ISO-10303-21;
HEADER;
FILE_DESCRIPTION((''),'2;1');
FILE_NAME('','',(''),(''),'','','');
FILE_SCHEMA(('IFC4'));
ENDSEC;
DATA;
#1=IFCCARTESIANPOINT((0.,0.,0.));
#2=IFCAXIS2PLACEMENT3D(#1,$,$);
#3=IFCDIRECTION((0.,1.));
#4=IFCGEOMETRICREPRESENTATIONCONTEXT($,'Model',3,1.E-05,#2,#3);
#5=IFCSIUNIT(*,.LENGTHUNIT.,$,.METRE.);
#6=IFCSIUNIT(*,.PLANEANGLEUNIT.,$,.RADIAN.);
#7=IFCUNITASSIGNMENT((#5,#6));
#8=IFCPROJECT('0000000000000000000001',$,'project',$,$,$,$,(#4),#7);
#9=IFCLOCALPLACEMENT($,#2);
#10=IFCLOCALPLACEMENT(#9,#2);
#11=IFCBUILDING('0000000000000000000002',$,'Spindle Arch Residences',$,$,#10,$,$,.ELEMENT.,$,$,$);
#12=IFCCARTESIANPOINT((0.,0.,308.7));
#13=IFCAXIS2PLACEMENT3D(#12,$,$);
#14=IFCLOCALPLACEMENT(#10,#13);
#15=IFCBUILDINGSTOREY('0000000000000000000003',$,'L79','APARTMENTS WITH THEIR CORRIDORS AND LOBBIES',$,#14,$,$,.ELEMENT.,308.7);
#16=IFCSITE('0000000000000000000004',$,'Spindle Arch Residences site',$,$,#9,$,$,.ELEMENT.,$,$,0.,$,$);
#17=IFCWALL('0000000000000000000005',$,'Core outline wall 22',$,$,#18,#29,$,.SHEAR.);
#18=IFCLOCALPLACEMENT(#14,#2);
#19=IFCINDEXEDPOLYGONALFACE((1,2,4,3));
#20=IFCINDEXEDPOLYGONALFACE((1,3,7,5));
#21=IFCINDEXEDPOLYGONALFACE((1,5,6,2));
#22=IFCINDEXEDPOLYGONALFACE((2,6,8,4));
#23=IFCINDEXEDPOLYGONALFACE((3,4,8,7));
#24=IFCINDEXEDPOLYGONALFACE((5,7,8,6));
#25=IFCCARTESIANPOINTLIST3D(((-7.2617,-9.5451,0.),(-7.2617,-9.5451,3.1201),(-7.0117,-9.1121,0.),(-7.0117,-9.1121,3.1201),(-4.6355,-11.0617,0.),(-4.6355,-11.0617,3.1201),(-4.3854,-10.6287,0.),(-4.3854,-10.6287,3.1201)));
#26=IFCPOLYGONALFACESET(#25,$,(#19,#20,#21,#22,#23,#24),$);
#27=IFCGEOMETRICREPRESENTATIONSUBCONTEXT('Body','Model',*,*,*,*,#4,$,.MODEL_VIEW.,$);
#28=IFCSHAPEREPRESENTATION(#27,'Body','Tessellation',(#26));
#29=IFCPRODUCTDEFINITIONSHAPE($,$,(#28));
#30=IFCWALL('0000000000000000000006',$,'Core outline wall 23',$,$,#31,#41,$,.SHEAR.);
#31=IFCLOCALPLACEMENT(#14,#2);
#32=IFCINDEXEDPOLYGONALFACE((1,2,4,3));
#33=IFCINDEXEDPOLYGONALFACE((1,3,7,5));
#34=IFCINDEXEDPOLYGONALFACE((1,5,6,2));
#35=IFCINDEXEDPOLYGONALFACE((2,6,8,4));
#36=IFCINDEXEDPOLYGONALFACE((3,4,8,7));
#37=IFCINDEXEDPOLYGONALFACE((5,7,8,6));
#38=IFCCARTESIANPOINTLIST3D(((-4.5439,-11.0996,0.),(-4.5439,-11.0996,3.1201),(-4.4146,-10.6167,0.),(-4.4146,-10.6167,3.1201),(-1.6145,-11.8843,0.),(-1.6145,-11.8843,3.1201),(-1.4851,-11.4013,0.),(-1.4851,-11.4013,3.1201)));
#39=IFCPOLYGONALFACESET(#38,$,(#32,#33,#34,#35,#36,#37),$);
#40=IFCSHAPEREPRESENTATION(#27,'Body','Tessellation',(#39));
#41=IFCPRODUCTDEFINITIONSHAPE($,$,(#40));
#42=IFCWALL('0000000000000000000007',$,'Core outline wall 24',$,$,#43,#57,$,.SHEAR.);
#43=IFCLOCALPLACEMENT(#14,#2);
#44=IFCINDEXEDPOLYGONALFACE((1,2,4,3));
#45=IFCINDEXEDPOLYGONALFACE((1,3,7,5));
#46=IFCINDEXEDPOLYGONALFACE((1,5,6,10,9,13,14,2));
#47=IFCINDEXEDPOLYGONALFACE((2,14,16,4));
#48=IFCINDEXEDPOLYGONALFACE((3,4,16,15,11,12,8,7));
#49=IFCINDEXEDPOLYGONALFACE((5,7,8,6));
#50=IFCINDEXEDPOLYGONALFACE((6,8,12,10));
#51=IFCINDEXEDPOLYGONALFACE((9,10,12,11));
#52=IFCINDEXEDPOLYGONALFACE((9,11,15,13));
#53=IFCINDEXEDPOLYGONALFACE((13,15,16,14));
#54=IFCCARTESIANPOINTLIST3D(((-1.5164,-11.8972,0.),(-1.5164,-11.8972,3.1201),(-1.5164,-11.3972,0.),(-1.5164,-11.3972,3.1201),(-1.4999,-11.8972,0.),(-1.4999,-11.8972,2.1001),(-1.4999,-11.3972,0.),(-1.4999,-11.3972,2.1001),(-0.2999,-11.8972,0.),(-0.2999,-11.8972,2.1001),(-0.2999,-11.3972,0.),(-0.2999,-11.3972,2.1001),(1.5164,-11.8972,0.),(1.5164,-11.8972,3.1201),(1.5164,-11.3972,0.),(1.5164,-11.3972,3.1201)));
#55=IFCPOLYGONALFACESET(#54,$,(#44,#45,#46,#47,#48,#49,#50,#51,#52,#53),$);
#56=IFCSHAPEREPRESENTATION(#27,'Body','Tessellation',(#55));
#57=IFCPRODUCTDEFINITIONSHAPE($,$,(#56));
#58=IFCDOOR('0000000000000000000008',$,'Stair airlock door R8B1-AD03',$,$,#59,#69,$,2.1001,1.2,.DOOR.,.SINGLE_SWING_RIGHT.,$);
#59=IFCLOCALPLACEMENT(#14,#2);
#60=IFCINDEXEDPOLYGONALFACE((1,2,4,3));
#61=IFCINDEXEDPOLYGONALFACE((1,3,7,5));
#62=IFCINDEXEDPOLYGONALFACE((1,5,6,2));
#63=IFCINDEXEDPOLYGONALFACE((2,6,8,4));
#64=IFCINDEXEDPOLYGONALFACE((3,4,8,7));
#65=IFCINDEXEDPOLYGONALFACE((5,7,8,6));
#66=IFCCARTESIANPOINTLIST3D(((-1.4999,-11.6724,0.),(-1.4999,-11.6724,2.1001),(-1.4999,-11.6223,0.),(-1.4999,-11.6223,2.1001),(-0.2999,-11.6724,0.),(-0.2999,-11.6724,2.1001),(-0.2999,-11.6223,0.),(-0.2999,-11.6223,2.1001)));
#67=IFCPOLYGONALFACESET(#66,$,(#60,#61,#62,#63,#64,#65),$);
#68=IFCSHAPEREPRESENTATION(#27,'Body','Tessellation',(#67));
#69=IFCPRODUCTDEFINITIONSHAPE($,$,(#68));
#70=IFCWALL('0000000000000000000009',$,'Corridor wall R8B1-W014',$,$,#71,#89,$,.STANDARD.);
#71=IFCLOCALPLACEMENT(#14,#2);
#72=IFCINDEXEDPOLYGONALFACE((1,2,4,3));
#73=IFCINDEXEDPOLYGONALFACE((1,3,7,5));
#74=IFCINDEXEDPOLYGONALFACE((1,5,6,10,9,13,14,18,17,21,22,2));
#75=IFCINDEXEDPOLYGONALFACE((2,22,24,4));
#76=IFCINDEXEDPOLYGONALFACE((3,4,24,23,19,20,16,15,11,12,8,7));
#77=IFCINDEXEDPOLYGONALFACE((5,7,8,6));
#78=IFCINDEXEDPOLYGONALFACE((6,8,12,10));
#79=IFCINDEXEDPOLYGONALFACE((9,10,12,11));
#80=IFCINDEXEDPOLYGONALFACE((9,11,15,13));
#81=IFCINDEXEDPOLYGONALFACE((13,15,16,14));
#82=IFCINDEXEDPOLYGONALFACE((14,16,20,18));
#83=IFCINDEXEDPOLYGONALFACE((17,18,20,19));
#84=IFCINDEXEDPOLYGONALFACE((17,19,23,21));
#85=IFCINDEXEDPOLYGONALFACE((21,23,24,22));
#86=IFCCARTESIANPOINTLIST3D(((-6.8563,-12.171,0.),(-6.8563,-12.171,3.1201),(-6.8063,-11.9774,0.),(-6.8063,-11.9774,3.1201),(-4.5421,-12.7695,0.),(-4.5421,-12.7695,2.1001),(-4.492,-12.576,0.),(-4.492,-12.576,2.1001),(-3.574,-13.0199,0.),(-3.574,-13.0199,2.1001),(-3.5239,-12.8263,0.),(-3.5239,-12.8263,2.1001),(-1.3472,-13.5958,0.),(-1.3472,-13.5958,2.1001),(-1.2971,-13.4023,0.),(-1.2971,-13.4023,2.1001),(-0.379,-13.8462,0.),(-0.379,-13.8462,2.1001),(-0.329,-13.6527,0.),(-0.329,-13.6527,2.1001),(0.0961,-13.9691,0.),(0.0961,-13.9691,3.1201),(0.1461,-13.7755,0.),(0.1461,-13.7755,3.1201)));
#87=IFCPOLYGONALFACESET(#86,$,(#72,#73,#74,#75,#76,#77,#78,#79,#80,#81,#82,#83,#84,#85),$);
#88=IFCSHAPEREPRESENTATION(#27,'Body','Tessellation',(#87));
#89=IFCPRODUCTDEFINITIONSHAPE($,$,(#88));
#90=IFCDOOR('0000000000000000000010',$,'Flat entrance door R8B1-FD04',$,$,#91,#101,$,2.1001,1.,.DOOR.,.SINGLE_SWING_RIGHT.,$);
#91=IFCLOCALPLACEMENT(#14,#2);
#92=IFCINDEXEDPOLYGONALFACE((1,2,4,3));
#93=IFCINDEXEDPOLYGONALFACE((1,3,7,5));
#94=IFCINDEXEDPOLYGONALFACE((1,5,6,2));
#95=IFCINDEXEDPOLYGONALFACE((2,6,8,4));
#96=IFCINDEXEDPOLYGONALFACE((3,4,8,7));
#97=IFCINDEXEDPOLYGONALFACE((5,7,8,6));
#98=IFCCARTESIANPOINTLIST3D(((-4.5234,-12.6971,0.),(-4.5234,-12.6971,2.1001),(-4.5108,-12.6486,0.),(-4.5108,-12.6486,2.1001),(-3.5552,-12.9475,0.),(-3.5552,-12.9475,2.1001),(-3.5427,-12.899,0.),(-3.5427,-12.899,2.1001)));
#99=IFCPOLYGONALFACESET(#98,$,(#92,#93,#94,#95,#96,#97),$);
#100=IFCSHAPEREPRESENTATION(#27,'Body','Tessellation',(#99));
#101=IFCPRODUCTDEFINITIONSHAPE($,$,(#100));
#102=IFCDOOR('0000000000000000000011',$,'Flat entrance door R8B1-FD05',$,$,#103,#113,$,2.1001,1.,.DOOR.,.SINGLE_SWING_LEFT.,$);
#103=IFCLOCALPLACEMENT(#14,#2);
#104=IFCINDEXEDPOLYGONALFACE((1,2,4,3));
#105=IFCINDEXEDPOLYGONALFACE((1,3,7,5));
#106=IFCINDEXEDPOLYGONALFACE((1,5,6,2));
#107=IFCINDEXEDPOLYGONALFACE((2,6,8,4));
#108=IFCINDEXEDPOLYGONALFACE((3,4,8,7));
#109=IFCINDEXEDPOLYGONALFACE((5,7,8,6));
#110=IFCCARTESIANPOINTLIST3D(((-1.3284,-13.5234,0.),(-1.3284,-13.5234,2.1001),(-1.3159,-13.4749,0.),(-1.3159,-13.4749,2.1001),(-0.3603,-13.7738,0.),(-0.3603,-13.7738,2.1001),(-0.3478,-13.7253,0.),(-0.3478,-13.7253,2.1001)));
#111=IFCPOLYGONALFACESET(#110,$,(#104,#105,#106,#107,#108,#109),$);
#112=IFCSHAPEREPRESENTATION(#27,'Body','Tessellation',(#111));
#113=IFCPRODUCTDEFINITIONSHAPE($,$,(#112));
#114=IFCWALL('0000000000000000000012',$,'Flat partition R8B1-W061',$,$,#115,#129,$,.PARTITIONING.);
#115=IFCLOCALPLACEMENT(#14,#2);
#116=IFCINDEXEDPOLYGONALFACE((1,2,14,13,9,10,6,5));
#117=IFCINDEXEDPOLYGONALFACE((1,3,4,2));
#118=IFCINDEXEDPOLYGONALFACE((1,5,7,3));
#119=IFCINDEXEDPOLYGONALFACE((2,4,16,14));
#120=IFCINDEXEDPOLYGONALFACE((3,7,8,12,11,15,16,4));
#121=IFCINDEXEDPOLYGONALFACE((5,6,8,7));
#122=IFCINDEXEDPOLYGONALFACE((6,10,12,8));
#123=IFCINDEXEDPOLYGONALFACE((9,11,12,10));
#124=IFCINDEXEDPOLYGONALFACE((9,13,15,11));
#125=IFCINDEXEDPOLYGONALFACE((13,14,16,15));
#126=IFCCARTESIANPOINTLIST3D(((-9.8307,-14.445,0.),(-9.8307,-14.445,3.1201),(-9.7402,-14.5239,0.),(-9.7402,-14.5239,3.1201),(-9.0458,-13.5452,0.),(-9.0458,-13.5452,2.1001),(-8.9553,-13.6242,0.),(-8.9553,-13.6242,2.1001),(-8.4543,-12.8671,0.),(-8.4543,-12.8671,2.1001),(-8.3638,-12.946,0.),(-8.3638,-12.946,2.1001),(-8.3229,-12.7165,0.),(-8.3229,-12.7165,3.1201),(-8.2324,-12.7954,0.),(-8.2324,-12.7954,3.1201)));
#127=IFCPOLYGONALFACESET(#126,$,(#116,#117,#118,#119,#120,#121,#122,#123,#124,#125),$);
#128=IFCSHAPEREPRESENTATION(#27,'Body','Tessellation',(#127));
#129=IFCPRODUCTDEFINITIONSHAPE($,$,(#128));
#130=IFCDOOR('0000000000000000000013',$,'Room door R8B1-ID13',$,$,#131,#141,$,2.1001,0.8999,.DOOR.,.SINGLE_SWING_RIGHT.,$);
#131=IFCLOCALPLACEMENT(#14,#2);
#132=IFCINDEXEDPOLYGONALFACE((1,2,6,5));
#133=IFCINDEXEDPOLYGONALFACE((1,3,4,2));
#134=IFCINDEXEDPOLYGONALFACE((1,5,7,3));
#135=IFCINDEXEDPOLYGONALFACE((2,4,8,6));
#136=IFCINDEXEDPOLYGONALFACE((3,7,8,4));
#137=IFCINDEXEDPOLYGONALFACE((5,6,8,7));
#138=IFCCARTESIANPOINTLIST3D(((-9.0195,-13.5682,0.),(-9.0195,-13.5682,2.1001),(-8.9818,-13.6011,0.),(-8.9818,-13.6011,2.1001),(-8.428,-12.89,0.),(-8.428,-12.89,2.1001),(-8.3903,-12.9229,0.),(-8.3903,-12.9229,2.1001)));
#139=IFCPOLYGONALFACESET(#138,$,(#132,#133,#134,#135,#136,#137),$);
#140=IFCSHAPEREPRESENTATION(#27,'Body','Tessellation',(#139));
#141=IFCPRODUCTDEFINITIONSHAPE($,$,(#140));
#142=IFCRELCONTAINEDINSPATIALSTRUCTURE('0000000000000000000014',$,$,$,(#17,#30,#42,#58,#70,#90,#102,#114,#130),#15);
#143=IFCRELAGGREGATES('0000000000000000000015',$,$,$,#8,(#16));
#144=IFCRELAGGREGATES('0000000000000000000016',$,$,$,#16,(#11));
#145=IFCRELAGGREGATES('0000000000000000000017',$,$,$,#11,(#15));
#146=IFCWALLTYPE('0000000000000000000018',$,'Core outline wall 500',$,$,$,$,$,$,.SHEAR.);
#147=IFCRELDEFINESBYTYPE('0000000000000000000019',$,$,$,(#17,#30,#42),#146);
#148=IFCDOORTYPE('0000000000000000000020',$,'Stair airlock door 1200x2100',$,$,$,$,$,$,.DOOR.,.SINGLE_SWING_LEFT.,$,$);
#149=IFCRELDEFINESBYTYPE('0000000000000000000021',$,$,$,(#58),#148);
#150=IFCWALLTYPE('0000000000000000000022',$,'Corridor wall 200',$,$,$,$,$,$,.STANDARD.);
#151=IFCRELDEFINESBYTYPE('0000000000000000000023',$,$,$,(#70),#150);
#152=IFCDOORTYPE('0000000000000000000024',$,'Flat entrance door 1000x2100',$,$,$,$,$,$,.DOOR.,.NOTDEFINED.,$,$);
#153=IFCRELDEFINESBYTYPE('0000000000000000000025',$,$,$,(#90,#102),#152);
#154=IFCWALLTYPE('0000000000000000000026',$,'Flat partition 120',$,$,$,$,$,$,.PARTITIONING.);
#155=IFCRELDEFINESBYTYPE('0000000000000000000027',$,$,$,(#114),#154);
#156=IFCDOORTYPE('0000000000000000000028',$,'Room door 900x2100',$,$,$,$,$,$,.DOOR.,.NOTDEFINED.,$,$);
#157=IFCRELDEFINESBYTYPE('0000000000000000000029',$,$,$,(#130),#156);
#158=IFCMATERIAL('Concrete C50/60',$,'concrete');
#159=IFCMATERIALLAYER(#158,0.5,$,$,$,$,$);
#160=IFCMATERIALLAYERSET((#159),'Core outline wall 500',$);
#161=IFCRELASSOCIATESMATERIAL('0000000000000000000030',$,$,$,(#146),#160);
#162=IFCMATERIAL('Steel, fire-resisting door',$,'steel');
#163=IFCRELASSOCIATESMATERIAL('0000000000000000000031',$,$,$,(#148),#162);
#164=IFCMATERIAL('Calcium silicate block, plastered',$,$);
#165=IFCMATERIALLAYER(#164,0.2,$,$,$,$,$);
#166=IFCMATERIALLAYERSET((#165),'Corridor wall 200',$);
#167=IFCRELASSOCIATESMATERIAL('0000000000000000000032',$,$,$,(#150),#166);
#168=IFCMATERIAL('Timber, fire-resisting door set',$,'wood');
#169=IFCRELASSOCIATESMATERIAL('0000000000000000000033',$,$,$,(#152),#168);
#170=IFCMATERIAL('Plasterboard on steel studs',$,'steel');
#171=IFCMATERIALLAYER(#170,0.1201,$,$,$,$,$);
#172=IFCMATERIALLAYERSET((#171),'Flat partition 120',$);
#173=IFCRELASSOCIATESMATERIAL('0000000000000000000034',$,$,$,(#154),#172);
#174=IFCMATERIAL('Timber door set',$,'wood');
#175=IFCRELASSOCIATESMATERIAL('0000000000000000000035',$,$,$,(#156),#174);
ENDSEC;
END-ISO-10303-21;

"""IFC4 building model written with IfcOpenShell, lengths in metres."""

from ifc_helpers import new_model, si_unit, direction, frame, frame_2d, origin, place, context, subcontext, project, spatial, rectangle, extrude, material, layer, layer_set, type_object, element, fill, save


model = new_model("IFC4")

# Units and contexts
model_context = context("Model", 3, precision=1e-05, world=origin(), true_north=direction((0.0, 1.0)))
body_context = subcontext(model_context, "Body", "Model", "MODEL_VIEW")
ifc_project = project(units=[si_unit("LENGTHUNIT", "METRE"), si_unit("PLANEANGLEUNIT", "RADIAN")], contexts=[model_context])

# Site, building, storey
site_placement = place(None, origin())
site = spatial("IfcSite", under=ifc_project, at=site_placement, Name="Spindle Arch Residences site", CompositionType="ELEMENT", RefElevation=0.0)
building_placement = place(site_placement, origin())
building = spatial("IfcBuilding", under=site, at=building_placement, Name="Spindle Arch Residences", CompositionType="ELEMENT")
storey_placement = place(building_placement, frame((0.0, 0.0, 308.7)))
storey = spatial("IfcBuildingStorey", under=building, at=storey_placement, Name="L79", Description="APARTMENTS WITH THEIR CORRIDORS AND LOBBIES", CompositionType="ELEMENT", Elevation=308.7)

# Walls
ifc_material_1 = material(Name="Concrete C50/60", Category="concrete")
ifc_layer_1 = layer(ifc_material_1, 0.5)
ifc_layer_set_1 = layer_set([ifc_layer_1], Name="Core outline wall 500")
wall_type_1 = type_object("IfcWallType", Name="Core outline wall 500", PredefinedType="SHEAR", material=ifc_layer_set_1)
for number, where, z_axis, x_axis, name in (
    (1, (-7.1367, -9.3286, 0.0), (0.0, 0.0, 1.0), (0.865975, -0.500087, 0.0), "Core outline wall 22"),
    (2, (-4.4792, -10.8582, 0.0), (0.0, 0.0, 1.0), (0.965948, -0.258735, 0.0), "Core outline wall 23"),
):
    element("IfcWall", number, at=place(storey_placement, frame(where, z_axis=z_axis, x_axis=x_axis)), inside=storey, type_object=wall_type_1, Name=name, PredefinedType="SHEAR", context=body_context, shape_type="SweptSolid", body=[
        extrude(rectangle(XDim=3.0327, YDim=0.5, at=frame_2d((1.5164, 0.0))), origin(), (0.0, 0.0, 1.0), 3.1201),
    ])

# Wall, opening, door
wall_1_placement = place(storey_placement, frame((-1.5164, -11.6472, 0.0), z_axis=(0.0, 0.0, 1.0), x_axis=(1.0, 0.0, 0.0)))
wall_1 = element("IfcWall", 3, at=wall_1_placement, inside=storey, type_object=wall_type_1, Name="Core outline wall 24", PredefinedType="SHEAR", context=body_context, shape_type="SweptSolid", body=[
    extrude(rectangle(XDim=3.0327, YDim=0.5, at=frame_2d((1.5164, 0.0))), origin(), (0.0, 0.0, 1.0), 3.1201),
])
opening_1_placement = place(wall_1_placement, frame((0.0164, 0.0, 0.0)))
opening_1 = element("IfcOpeningElement", 4, at=opening_1_placement, cuts=wall_1, PredefinedType="OPENING", context=body_context, shape_type="SweptSolid", body=[
    extrude(rectangle(XDim=1.2, YDim=2.1001, at=frame_2d((0.6001, 1.05))), frame((0.0, 0.26, 0.0), z_axis=(0.0, -1.0, 0.0), x_axis=(1.0, 0.0, 0.0)), (0.0, 0.0, 1.0), 0.52),
])
ifc_material_2 = material(Name="Steel, fire-resisting door", Category="steel")
door_type_1 = type_object("IfcDoorType", Name="Stair airlock door 1200x2100", OperationType="SINGLE_SWING_LEFT", PredefinedType="DOOR", material=ifc_material_2)
door_1_placement = place(opening_1_placement, origin())
door_1 = element("IfcDoor", 5, at=door_1_placement, inside=storey, type_object=door_type_1, Name="Stair airlock door R8B1-AD03", OperationType="SINGLE_SWING_RIGHT", OverallHeight=2.1001, OverallWidth=1.2, PredefinedType="DOOR", context=body_context, shape_type="SweptSolid", body=[
    extrude(rectangle(XDim=1.2, YDim=2.1001, at=frame_2d((0.6001, 1.05))), frame((0.0, 0.0249, 0.0), z_axis=(0.0, -1.0, 0.0), x_axis=(1.0, 0.0, 0.0)), (0.0, 0.0, 1.0), 0.05),
])
fill(opening_1, door_1)

# Wall, openings, doors
ifc_material_3 = material(Name="Calcium silicate block, plastered")
ifc_layer_2 = layer(ifc_material_3, 0.2)
ifc_layer_set_2 = layer_set([ifc_layer_2], Name="Corridor wall 200")
wall_type_2 = type_object("IfcWallType", Name="Corridor wall 200", PredefinedType="STANDARD", material=ifc_layer_set_2)
wall_2_placement = place(storey_placement, frame((-6.8313, -12.0742, 0.0), z_axis=(0.0, 0.0, 1.0), x_axis=(0.968145, -0.250391, 0.0)))
wall_2 = element("IfcWall", 6, at=wall_2_placement, inside=storey, type_object=wall_type_2, Name="Corridor wall R8B1-W014", PredefinedType="STANDARD", context=body_context, shape_type="SweptSolid", body=[
    extrude(rectangle(XDim=7.1812, YDim=0.2, at=frame_2d((3.5906, 0.0))), origin(), (0.0, 0.0, 1.0), 3.1201),
])
opening_2_placement = place(wall_2_placement, frame((2.3904, 0.0, 0.0)))
opening_2 = element("IfcOpeningElement", 7, at=opening_2_placement, cuts=wall_2, PredefinedType="OPENING", context=body_context, shape_type="SweptSolid", body=[
    extrude(rectangle(XDim=1.0, YDim=2.1001, at=frame_2d((0.5, 1.05))), frame((0.0, 0.1099, 0.0), z_axis=(0.0, -1.0, 0.0), x_axis=(1.0, 0.0, 0.0)), (0.0, 0.0, 1.0), 0.22),
])
opening_3_placement = place(wall_2_placement, frame((5.6904, 0.0, 0.0)))
opening_3 = element("IfcOpeningElement", 8, at=opening_3_placement, cuts=wall_2, PredefinedType="OPENING", context=body_context, shape_type="SweptSolid", body=[
    extrude(rectangle(XDim=1.0, YDim=2.1001, at=frame_2d((0.5, 1.05))), frame((0.0, 0.1099, 0.0), z_axis=(0.0, -1.0, 0.0), x_axis=(1.0, 0.0, 0.0)), (0.0, 0.0, 1.0), 0.22),
])
ifc_material_4 = material(Name="Timber, fire-resisting door set", Category="wood")
door_type_2 = type_object("IfcDoorType", Name="Flat entrance door 1000x2100", OperationType="NOTDEFINED", PredefinedType="DOOR", material=ifc_material_4)
door_2_placement = place(opening_2_placement, origin())
door_2 = element("IfcDoor", 9, at=door_2_placement, inside=storey, type_object=door_type_2, Name="Flat entrance door R8B1-FD04", OperationType="SINGLE_SWING_RIGHT", OverallHeight=2.1001, OverallWidth=1.0, PredefinedType="DOOR", context=body_context, shape_type="SweptSolid", body=[
    extrude(rectangle(XDim=1.0, YDim=2.1001, at=frame_2d((0.5, 1.05))), frame((0.0, 0.0249, 0.0), z_axis=(0.0, -1.0, 0.0), x_axis=(1.0, 0.0, 0.0)), (0.0, 0.0, 1.0), 0.05),
])
fill(opening_2, door_2)
door_3_placement = place(opening_3_placement, origin())
door_3 = element("IfcDoor", 10, at=door_3_placement, inside=storey, type_object=door_type_2, Name="Flat entrance door R8B1-FD05", OperationType="SINGLE_SWING_LEFT", OverallHeight=2.1001, OverallWidth=1.0, PredefinedType="DOOR", context=body_context, shape_type="SweptSolid", body=[
    extrude(rectangle(XDim=1.0, YDim=2.1001, at=frame_2d((0.5, 1.05))), frame((0.0, 0.0249, 0.0), z_axis=(0.0, -1.0, 0.0), x_axis=(1.0, 0.0, 0.0)), (0.0, 0.0, 1.0), 0.05),
])
fill(opening_3, door_3)

# Wall, opening, door
ifc_material_5 = material(Name="Plasterboard on steel studs", Category="steel")
ifc_layer_3 = layer(ifc_material_5, 0.1201)
ifc_layer_set_3 = layer_set([ifc_layer_3], Name="Flat partition 120")
wall_type_3 = type_object("IfcWallType", Name="Flat partition 120", PredefinedType="PARTITIONING", material=ifc_layer_set_3)
wall_3_placement = place(storey_placement, frame((-8.2776, -12.7559, 0.0), z_axis=(0.0, 0.0, 1.0), x_axis=(-0.657358, -0.753578, 0.0)))
wall_3 = element("IfcWall", 11, at=wall_3_placement, inside=storey, type_object=wall_type_3, Name="Flat partition R8B1-W061", PredefinedType="PARTITIONING", context=body_context, shape_type="SweptSolid", body=[
    extrude(rectangle(XDim=2.2937, YDim=0.1201, at=frame_2d((1.147, 0.0))), origin(), (0.0, 0.0, 1.0), 3.1201),
])
opening_4_placement = place(wall_3_placement, frame((0.2, 0.0, 0.0)))
opening_4 = element("IfcOpeningElement", 12, at=opening_4_placement, cuts=wall_3, PredefinedType="OPENING", context=body_context, shape_type="SweptSolid", body=[
    extrude(rectangle(XDim=0.8999, YDim=2.1001, at=frame_2d((0.45, 1.05))), frame((0.0, 0.0701, 0.0), z_axis=(0.0, -1.0, 0.0), x_axis=(1.0, 0.0, 0.0)), (0.0, 0.0, 1.0), 0.1401),
])
ifc_material_6 = material(Name="Timber door set", Category="wood")
door_type_3 = type_object("IfcDoorType", Name="Room door 900x2100", OperationType="NOTDEFINED", PredefinedType="DOOR", material=ifc_material_6)
door_4_placement = place(opening_4_placement, origin())
door_4 = element("IfcDoor", 13, at=door_4_placement, inside=storey, type_object=door_type_3, Name="Room door R8B1-ID13", OperationType="SINGLE_SWING_RIGHT", OverallHeight=2.1001, OverallWidth=0.8999, PredefinedType="DOOR", context=body_context, shape_type="SweptSolid", body=[
    extrude(rectangle(XDim=0.8999, YDim=2.1001, at=frame_2d((0.45, 1.05))), frame((0.0, 0.0249, 0.0), z_axis=(0.0, -1.0, 0.0), x_axis=(1.0, 0.0, 0.0)), (0.0, 0.0, 1.0), 0.05),
])
fill(opening_4, door_4)

save(model, "model.ifc")
